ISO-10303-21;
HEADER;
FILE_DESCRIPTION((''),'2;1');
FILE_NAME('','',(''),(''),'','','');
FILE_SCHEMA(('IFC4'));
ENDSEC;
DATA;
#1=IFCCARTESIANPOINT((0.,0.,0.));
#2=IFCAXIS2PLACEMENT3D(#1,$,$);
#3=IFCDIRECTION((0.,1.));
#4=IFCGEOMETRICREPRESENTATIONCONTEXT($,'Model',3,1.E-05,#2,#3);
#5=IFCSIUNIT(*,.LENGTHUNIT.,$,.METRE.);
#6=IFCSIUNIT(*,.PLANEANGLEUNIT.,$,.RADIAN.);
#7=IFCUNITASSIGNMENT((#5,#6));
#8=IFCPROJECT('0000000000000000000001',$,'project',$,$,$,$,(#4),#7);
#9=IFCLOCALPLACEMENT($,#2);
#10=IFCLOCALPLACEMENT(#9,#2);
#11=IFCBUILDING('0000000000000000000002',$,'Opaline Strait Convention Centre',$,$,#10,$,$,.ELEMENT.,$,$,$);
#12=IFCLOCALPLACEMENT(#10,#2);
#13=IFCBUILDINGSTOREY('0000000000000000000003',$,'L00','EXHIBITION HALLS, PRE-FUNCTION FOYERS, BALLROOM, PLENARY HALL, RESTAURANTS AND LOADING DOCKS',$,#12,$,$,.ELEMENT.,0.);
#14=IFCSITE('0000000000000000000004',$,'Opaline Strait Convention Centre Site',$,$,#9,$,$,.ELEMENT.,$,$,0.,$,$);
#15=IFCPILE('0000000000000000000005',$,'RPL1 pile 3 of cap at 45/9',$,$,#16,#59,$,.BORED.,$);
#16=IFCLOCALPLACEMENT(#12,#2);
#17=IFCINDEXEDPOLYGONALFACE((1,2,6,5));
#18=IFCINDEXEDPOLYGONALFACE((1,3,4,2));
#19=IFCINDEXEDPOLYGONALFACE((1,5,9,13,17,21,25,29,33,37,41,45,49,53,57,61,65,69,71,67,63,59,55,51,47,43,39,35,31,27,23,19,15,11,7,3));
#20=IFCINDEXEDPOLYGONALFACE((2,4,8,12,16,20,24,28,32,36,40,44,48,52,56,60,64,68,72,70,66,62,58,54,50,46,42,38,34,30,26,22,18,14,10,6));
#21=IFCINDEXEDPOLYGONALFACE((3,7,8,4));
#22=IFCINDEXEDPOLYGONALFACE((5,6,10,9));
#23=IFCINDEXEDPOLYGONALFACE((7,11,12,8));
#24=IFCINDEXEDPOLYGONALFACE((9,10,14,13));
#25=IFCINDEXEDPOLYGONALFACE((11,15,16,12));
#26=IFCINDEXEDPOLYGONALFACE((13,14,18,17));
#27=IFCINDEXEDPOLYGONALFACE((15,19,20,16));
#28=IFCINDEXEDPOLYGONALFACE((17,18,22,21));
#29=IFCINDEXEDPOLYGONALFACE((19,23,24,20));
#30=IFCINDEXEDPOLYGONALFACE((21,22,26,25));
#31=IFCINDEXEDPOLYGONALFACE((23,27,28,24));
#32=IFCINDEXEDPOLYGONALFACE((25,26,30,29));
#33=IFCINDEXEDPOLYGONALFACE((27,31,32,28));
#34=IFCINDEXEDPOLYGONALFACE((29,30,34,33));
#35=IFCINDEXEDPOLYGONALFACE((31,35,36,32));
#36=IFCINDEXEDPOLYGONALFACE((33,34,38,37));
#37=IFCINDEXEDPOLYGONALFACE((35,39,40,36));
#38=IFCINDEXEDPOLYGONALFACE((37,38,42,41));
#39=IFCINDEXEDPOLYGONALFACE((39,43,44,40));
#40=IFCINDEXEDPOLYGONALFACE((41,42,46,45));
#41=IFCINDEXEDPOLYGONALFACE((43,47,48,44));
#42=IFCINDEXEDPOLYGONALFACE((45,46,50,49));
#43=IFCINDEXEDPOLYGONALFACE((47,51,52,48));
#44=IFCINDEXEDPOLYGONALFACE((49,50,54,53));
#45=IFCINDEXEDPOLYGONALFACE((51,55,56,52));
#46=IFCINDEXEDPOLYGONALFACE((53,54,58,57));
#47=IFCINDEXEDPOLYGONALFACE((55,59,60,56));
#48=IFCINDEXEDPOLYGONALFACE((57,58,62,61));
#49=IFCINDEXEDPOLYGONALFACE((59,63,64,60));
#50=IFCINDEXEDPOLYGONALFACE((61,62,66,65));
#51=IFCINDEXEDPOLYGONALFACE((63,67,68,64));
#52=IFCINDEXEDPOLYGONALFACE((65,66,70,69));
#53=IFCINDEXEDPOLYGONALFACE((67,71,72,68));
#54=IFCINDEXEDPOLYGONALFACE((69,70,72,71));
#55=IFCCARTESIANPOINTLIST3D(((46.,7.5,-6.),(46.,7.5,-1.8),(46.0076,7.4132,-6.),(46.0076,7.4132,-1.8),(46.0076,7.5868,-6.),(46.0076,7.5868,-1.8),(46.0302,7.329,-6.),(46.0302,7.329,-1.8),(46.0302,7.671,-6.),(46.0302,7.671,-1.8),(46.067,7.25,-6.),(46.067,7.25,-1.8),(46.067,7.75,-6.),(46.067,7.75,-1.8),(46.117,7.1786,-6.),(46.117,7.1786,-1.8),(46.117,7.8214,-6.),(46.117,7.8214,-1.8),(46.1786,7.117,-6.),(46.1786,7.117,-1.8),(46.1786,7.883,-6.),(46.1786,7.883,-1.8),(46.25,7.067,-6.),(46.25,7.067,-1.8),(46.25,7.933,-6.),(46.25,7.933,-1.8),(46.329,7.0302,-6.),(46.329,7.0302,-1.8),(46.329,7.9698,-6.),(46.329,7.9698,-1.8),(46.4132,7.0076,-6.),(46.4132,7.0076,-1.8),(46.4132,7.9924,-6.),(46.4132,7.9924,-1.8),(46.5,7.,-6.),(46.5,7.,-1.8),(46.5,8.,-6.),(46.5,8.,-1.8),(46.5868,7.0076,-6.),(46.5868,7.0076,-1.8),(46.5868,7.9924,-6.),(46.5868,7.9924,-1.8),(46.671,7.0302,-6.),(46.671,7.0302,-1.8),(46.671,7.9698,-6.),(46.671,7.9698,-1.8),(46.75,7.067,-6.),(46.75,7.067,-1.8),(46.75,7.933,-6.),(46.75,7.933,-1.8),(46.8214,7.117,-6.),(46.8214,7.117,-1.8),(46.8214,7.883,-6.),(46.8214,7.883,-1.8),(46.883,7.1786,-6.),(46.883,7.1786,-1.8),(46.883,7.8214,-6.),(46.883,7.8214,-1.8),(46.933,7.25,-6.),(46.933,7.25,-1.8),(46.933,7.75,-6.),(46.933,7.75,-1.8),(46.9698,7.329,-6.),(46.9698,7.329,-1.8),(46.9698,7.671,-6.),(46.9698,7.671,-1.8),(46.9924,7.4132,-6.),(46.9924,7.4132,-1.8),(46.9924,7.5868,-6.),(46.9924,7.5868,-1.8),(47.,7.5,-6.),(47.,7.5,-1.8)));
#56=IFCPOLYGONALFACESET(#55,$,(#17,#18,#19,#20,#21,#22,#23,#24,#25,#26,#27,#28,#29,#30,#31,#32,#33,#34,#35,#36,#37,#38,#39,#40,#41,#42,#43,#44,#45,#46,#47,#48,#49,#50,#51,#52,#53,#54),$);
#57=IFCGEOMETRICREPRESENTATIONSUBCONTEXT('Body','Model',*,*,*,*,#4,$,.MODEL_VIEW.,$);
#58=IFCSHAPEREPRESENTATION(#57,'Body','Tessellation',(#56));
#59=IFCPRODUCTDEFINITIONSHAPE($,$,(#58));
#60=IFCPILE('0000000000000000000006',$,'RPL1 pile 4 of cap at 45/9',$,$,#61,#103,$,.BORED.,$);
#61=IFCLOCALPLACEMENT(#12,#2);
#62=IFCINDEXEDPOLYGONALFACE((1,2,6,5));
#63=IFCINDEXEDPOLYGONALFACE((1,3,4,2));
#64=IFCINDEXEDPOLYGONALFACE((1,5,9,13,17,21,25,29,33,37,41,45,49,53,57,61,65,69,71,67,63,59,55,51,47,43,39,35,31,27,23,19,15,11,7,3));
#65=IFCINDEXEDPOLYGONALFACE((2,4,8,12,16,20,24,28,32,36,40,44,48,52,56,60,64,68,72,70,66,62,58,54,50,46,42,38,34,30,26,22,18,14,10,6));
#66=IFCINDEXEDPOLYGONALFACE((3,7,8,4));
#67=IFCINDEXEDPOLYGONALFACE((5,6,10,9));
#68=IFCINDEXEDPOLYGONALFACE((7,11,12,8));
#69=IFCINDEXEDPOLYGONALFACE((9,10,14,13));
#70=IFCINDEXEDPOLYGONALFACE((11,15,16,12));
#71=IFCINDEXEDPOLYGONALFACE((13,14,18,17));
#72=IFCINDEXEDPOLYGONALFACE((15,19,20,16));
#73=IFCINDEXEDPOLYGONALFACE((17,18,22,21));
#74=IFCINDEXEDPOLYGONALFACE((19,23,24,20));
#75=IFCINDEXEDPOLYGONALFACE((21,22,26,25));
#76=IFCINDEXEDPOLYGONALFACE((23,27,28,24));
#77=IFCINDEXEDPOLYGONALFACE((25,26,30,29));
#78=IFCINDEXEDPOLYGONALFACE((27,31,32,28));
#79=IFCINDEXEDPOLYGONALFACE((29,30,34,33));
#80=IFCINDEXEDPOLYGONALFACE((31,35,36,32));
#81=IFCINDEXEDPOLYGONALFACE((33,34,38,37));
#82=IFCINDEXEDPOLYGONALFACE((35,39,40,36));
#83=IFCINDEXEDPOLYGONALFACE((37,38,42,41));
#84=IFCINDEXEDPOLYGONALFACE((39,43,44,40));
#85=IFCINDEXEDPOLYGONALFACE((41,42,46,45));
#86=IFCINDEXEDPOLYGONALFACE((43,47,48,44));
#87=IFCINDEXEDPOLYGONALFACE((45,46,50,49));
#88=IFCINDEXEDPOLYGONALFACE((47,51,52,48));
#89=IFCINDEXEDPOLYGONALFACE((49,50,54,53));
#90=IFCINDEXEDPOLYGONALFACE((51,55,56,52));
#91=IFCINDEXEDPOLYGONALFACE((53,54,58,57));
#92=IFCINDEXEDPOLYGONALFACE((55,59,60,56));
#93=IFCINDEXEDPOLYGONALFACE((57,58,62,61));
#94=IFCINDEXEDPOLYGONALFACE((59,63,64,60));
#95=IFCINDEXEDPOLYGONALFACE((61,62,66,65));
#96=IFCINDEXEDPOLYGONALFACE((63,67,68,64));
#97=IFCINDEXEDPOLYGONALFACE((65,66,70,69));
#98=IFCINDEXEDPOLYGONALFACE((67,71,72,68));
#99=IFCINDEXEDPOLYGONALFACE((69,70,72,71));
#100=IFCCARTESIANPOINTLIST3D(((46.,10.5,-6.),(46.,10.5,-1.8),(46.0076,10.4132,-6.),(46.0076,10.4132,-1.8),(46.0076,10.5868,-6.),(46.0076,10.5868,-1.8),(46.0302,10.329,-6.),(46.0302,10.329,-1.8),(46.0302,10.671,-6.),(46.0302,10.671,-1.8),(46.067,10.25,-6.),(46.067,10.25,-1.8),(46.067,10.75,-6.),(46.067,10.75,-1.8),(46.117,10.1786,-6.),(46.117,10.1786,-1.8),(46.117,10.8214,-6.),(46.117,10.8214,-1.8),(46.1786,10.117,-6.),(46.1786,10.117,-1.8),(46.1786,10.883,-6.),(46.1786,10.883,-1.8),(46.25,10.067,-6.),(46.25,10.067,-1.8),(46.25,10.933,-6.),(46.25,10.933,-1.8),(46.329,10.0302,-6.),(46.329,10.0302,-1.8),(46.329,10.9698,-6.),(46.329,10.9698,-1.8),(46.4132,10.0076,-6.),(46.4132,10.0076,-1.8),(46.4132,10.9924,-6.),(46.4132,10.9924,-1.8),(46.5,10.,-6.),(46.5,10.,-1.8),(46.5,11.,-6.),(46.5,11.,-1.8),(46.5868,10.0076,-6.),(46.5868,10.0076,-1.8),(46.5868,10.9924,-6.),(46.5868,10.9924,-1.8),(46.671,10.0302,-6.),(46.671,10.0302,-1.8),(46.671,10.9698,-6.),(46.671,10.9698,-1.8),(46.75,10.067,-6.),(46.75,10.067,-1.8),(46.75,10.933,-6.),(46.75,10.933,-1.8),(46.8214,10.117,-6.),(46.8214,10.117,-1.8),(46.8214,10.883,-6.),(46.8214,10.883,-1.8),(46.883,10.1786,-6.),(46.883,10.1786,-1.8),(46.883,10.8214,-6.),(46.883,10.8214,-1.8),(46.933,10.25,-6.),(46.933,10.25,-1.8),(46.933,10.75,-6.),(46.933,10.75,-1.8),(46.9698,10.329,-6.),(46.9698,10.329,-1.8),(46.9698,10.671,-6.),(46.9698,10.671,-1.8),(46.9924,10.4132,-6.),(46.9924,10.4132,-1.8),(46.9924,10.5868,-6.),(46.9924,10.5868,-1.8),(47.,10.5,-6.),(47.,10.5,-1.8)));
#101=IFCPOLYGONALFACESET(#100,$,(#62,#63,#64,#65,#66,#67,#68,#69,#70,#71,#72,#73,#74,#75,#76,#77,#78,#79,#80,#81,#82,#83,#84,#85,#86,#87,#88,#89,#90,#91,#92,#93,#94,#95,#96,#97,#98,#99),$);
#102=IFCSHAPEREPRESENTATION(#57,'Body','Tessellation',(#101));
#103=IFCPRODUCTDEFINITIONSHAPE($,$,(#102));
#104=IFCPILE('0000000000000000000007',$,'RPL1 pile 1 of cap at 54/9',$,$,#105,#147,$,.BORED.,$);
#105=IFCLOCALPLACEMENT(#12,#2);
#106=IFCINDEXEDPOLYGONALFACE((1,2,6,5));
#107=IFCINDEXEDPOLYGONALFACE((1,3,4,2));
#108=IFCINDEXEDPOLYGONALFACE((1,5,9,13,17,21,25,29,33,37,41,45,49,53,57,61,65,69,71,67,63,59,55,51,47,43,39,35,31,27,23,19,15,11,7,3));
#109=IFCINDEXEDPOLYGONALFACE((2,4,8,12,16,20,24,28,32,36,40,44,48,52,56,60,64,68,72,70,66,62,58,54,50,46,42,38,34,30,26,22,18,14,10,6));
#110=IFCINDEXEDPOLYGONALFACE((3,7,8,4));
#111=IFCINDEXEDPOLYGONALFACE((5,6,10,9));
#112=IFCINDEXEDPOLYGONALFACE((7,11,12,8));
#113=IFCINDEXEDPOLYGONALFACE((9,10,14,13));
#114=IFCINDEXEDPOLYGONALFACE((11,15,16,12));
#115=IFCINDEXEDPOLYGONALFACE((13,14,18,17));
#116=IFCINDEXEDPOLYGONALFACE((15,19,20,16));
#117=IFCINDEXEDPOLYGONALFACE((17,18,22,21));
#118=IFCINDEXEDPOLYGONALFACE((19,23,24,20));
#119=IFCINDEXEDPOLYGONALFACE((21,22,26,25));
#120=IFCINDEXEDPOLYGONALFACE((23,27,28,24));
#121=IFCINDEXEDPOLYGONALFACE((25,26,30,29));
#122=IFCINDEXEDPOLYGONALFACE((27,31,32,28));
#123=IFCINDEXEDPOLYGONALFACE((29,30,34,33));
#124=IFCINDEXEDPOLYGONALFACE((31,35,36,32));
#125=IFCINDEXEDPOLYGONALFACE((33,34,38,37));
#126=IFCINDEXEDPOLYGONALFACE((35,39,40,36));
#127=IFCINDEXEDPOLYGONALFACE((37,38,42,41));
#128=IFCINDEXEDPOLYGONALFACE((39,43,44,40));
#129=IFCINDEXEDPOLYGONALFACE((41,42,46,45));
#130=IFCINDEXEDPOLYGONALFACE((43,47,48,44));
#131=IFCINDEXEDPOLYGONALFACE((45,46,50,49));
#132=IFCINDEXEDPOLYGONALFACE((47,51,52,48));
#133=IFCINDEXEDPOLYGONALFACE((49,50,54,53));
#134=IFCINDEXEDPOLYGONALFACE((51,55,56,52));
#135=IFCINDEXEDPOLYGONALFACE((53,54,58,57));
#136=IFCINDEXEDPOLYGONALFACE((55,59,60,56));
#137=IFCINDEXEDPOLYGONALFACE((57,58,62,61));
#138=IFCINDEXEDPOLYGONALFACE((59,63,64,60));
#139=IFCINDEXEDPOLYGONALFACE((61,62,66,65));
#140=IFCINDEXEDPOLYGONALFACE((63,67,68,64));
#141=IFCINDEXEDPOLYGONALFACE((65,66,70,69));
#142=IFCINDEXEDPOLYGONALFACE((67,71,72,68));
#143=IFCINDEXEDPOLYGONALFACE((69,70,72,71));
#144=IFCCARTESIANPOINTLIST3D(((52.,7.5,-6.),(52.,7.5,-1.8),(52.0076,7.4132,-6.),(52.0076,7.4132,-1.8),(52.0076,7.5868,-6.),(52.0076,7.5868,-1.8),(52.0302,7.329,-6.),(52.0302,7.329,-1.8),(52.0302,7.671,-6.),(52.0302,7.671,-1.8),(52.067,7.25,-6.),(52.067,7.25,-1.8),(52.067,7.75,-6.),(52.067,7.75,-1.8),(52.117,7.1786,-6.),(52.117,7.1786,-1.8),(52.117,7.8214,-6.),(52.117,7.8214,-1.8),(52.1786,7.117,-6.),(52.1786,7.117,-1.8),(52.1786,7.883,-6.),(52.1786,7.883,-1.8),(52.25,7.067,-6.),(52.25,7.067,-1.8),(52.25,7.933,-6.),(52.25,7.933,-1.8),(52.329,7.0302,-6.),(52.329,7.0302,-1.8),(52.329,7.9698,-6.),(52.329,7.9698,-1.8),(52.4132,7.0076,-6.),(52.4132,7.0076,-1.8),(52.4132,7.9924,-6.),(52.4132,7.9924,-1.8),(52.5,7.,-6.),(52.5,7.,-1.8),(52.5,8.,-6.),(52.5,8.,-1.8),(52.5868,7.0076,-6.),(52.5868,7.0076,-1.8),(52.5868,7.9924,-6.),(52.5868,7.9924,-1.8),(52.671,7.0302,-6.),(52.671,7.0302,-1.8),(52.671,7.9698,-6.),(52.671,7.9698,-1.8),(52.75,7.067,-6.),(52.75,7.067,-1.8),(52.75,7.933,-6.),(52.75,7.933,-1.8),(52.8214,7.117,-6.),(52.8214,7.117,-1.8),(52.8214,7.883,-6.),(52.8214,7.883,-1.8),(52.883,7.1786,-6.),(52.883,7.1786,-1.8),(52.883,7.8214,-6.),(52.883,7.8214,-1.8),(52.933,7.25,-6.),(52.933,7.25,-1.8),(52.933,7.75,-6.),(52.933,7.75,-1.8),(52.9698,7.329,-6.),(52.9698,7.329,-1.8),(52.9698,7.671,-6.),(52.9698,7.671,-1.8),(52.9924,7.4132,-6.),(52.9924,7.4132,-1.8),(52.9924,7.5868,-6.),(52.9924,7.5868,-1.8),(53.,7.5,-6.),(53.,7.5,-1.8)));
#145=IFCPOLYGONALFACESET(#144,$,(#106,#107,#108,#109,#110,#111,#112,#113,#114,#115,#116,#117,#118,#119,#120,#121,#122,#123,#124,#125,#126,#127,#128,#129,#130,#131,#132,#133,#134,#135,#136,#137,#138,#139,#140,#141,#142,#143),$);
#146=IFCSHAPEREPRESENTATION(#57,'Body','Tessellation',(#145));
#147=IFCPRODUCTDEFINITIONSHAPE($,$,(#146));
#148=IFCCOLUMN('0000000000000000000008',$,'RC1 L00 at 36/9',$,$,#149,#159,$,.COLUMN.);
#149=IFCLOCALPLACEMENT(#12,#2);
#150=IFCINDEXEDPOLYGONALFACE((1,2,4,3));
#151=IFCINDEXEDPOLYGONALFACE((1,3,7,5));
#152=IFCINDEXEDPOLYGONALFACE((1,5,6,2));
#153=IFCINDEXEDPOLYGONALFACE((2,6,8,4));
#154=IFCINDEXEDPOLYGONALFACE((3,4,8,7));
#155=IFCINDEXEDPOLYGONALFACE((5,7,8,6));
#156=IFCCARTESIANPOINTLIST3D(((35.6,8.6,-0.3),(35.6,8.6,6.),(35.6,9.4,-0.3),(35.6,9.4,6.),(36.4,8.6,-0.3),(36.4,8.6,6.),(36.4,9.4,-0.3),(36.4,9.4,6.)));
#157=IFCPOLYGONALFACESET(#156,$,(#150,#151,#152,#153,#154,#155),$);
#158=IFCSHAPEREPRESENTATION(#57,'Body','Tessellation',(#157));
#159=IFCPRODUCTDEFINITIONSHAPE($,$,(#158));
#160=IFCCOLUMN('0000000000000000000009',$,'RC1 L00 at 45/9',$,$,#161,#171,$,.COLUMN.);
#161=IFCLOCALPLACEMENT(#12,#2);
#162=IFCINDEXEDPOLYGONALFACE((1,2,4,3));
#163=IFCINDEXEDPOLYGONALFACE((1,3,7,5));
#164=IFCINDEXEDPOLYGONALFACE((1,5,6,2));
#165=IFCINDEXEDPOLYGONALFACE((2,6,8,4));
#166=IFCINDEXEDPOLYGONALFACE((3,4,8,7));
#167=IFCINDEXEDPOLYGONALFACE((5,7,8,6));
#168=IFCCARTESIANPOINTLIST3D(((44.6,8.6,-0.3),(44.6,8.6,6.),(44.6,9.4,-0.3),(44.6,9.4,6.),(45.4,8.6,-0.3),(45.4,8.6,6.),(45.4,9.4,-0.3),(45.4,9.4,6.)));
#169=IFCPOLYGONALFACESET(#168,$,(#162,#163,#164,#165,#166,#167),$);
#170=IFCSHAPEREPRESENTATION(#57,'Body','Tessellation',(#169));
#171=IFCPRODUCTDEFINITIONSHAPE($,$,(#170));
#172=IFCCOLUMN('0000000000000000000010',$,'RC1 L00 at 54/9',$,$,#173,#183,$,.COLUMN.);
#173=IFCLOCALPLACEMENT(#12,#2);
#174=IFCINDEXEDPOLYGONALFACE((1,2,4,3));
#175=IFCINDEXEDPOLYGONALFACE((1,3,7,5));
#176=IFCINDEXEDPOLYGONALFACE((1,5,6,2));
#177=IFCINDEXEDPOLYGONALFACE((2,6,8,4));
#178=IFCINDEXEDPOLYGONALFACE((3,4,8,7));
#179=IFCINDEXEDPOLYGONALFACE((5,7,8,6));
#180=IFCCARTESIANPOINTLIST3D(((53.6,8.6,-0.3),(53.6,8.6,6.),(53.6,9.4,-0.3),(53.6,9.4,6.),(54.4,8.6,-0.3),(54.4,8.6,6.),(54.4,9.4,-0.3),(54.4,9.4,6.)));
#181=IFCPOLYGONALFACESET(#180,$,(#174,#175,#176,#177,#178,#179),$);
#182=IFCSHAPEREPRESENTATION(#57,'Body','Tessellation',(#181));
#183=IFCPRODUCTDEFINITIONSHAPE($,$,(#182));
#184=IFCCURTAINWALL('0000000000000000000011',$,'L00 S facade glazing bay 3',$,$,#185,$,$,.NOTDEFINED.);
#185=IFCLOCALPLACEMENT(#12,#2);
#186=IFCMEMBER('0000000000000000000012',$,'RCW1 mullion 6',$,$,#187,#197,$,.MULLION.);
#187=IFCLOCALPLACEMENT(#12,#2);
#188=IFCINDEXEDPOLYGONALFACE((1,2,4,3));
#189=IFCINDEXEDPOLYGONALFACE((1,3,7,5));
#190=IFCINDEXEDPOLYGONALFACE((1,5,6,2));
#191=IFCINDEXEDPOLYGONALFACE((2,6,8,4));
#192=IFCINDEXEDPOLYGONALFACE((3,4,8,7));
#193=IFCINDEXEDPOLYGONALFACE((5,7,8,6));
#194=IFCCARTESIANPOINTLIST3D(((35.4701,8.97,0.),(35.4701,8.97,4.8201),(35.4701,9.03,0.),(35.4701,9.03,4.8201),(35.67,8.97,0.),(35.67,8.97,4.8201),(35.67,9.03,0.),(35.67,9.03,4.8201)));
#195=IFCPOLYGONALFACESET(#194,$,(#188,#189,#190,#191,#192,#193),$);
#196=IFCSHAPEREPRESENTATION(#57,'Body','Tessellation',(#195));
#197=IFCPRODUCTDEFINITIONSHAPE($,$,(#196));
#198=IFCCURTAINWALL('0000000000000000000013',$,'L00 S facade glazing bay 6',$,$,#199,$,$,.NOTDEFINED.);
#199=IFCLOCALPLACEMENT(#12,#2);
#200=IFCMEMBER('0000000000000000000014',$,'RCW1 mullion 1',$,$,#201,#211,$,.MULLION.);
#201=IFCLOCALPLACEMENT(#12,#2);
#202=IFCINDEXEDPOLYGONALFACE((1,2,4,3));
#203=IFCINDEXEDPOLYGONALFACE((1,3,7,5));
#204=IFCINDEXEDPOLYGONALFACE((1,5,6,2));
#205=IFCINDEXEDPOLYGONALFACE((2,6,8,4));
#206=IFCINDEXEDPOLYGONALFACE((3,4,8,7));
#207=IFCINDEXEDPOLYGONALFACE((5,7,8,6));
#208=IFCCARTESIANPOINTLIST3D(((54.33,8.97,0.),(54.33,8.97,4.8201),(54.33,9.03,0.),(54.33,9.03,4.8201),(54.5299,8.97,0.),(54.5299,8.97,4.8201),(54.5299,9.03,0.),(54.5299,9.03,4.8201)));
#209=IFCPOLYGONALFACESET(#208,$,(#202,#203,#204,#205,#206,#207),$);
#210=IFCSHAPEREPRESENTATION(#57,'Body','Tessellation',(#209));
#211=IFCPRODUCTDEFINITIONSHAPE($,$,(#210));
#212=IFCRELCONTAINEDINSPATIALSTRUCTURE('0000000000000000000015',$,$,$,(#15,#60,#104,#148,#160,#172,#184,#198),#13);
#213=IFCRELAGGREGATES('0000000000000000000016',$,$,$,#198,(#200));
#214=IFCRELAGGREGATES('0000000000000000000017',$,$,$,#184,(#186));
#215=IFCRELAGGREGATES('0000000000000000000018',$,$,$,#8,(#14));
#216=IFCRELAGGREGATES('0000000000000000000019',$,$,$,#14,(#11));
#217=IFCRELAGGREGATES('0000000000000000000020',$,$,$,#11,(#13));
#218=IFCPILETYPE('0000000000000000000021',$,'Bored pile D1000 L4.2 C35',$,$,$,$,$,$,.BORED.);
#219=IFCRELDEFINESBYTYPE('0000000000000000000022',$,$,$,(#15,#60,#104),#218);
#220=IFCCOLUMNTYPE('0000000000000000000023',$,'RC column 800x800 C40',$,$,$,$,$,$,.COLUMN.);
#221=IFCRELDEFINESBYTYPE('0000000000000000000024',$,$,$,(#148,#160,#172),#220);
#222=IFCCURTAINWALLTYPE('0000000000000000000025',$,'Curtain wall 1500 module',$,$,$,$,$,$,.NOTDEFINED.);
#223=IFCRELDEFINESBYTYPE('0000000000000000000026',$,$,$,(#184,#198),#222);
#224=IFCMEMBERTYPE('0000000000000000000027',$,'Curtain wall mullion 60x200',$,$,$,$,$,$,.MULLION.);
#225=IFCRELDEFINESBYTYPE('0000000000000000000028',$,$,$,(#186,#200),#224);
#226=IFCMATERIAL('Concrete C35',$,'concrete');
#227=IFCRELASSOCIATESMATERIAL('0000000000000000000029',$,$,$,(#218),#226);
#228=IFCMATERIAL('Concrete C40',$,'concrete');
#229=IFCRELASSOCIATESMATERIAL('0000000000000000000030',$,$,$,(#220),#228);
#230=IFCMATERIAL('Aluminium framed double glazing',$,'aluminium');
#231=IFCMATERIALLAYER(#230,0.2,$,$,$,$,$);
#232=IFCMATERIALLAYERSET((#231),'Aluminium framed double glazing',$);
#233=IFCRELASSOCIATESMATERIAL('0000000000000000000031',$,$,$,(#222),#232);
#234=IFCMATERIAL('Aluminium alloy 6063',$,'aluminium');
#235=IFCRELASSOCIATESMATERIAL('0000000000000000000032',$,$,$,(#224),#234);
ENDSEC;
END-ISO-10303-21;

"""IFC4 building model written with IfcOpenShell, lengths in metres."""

from ifc_helpers import new_model, si_unit, direction, frame, origin, origin_2d, place, context, subcontext, project, spatial, rectangle, circle, extrude, material, layer, layer_set, material_profile, profile_set, type_object, element, aggregate, save


model = new_model("IFC4")

# Units and contexts
model_context = context("Model", 3, precision=1e-05, world=origin(), true_north=direction((0.0, 1.0)))
body_context = subcontext(model_context, "Body", "Model", "MODEL_VIEW")
ifc_project = project(units=[si_unit("LENGTHUNIT", "METRE"), si_unit("PLANEANGLEUNIT", "RADIAN")], contexts=[model_context])

# Site, building, storey
site_placement = place(None, origin())
site = spatial("IfcSite", under=ifc_project, at=site_placement, Name="Opaline Strait Convention Centre Site", CompositionType="ELEMENT", RefElevation=0.0)
building_placement = place(site_placement, origin())
building = spatial("IfcBuilding", under=site, at=building_placement, Name="Opaline Strait Convention Centre", CompositionType="ELEMENT")
storey_placement = place(building_placement, origin())
storey = spatial("IfcBuildingStorey", under=building, at=storey_placement, Name="L00", Description="EXHIBITION HALLS, PRE-FUNCTION FOYERS, BALLROOM, PLENARY HALL, RESTAURANTS AND LOADING DOCKS", CompositionType="ELEMENT", Elevation=0.0)

# Piles
ifc_material_1 = material(Name="Concrete C35", Category="concrete")
ifc_material_profile_1 = material_profile(ifc_material_1, circle(Radius=0.5, at=origin_2d()), Name="D1000")
ifc_profile_set_1 = profile_set([ifc_material_profile_1], Name="Concrete C35")
pile_type = type_object("IfcPileType", Name="Bored pile D1000 L4.2 C35", PredefinedType="BORED", material=ifc_profile_set_1)
for number, where, z_axis, x_axis, name in (
    (1, (46.5, 7.5, -1.8), (0.0, 0.0, -1.0), (1.0, 0.0, 0.0), "RPL1 pile 3 of cap at 45/9"),
    (2, (46.5, 10.5, -1.8), (0.0, 0.0, -1.0), (1.0, 0.0, 0.0), "RPL1 pile 4 of cap at 45/9"),
    (3, (52.5, 7.5, -1.8), (0.0, 0.0, -1.0), (1.0, 0.0, 0.0), "RPL1 pile 1 of cap at 54/9"),
):
    element("IfcPile", number, at=place(storey_placement, frame(where, z_axis=z_axis, x_axis=x_axis)), inside=storey, type_object=pile_type, Name=name, PredefinedType="BORED", context=body_context, shape_type="SweptSolid", body=[
        extrude(circle(Radius=0.5, at=origin_2d()), origin(), (0.0, 0.0, 1.0), 4.2),
    ])

# Columns
ifc_material_2 = material(Name="Concrete C40", Category="concrete")
ifc_material_profile_2 = material_profile(ifc_material_2, rectangle(XDim=0.8, YDim=0.8, at=origin_2d()), Name="RC 800x800")
ifc_profile_set_2 = profile_set([ifc_material_profile_2], Name="Concrete C40")
column_type = type_object("IfcColumnType", Name="RC column 800x800 C40", PredefinedType="COLUMN", material=ifc_profile_set_2)
for number, where, z_axis, x_axis, name in (
    (4, (36.0, 9.0, -0.3), (0.0, 0.0, 1.0), (1.0, 0.0, 0.0), "RC1 L00 at 36/9"),
    (5, (45.0, 9.0, -0.3), (0.0, 0.0, 1.0), (1.0, 0.0, 0.0), "RC1 L00 at 45/9"),
    (6, (54.0, 9.0, -0.3), (0.0, 0.0, 1.0), (1.0, 0.0, 0.0), "RC1 L00 at 54/9"),
):
    element("IfcColumn", number, at=place(storey_placement, frame(where, z_axis=z_axis, x_axis=x_axis)), inside=storey, type_object=column_type, Name=name, PredefinedType="COLUMN", context=body_context, shape_type="SweptSolid", body=[
        extrude(rectangle(XDim=0.8, YDim=0.8, at=origin_2d()), origin(), (0.0, 0.0, 1.0), 6.3),
    ])

# Curtain wall, member
ifc_material_3 = material(Name="Aluminium framed double glazing", Category="aluminium")
ifc_layer_1 = layer(ifc_material_3, 0.2)
ifc_layer_set_1 = layer_set([ifc_layer_1], Name="Aluminium framed double glazing")
curtain_wall_type = type_object("IfcCurtainWallType", Name="Curtain wall 1500 module", PredefinedType="NOTDEFINED", material=ifc_layer_set_1)
curtain_wall_1_placement = place(storey_placement, origin())
curtain_wall_1 = element("IfcCurtainWall", 7, at=curtain_wall_1_placement, inside=storey, type_object=curtain_wall_type, Name="L00 S facade glazing bay 3", PredefinedType="NOTDEFINED")
ifc_material_4 = material(Name="Aluminium alloy 6063", Category="aluminium")
ifc_material_profile_3 = material_profile(ifc_material_4, rectangle(XDim=0.0601, YDim=0.2, at=origin_2d()), Name="Curtain wall mullion 60x200")
ifc_profile_set_3 = profile_set([ifc_material_profile_3], Name="Aluminium alloy 6063")
member_type_1 = type_object("IfcMemberType", Name="Curtain wall mullion 60x200", PredefinedType="MULLION", material=ifc_profile_set_3)
member_1_placement = place(storey_placement, frame((35.5701, 9.0, 0.0), z_axis=(0.0, 0.0, 1.0), x_axis=(0.0, 1.0, 0.0)))
member_1 = element("IfcMember", 8, at=member_1_placement, type_object=member_type_1, Name="RCW1 mullion 6", PredefinedType="MULLION", context=body_context, shape_type="SweptSolid", body=[
    extrude(rectangle(XDim=0.0601, YDim=0.2, at=origin_2d()), origin(), (0.0, 0.0, 1.0), 4.8201),
])

# Curtain wall, member
curtain_wall_2_placement = place(storey_placement, origin())
curtain_wall_2 = element("IfcCurtainWall", 9, at=curtain_wall_2_placement, inside=storey, type_object=curtain_wall_type, Name="L00 S facade glazing bay 6", PredefinedType="NOTDEFINED")
member_2_placement = place(storey_placement, frame((54.4299, 9.0, 0.0), z_axis=(0.0, 0.0, 1.0), x_axis=(0.0, 1.0, 0.0)))
member_2 = element("IfcMember", 10, at=member_2_placement, type_object=member_type_1, Name="RCW1 mullion 1", PredefinedType="MULLION", context=body_context, shape_type="SweptSolid", body=[
    extrude(rectangle(XDim=0.0601, YDim=0.2, at=origin_2d()), origin(), (0.0, 0.0, 1.0), 4.8201),
])
aggregate(curtain_wall_2, [member_2])

aggregate(curtain_wall_1, [member_1])

save(model, "model.ifc")
